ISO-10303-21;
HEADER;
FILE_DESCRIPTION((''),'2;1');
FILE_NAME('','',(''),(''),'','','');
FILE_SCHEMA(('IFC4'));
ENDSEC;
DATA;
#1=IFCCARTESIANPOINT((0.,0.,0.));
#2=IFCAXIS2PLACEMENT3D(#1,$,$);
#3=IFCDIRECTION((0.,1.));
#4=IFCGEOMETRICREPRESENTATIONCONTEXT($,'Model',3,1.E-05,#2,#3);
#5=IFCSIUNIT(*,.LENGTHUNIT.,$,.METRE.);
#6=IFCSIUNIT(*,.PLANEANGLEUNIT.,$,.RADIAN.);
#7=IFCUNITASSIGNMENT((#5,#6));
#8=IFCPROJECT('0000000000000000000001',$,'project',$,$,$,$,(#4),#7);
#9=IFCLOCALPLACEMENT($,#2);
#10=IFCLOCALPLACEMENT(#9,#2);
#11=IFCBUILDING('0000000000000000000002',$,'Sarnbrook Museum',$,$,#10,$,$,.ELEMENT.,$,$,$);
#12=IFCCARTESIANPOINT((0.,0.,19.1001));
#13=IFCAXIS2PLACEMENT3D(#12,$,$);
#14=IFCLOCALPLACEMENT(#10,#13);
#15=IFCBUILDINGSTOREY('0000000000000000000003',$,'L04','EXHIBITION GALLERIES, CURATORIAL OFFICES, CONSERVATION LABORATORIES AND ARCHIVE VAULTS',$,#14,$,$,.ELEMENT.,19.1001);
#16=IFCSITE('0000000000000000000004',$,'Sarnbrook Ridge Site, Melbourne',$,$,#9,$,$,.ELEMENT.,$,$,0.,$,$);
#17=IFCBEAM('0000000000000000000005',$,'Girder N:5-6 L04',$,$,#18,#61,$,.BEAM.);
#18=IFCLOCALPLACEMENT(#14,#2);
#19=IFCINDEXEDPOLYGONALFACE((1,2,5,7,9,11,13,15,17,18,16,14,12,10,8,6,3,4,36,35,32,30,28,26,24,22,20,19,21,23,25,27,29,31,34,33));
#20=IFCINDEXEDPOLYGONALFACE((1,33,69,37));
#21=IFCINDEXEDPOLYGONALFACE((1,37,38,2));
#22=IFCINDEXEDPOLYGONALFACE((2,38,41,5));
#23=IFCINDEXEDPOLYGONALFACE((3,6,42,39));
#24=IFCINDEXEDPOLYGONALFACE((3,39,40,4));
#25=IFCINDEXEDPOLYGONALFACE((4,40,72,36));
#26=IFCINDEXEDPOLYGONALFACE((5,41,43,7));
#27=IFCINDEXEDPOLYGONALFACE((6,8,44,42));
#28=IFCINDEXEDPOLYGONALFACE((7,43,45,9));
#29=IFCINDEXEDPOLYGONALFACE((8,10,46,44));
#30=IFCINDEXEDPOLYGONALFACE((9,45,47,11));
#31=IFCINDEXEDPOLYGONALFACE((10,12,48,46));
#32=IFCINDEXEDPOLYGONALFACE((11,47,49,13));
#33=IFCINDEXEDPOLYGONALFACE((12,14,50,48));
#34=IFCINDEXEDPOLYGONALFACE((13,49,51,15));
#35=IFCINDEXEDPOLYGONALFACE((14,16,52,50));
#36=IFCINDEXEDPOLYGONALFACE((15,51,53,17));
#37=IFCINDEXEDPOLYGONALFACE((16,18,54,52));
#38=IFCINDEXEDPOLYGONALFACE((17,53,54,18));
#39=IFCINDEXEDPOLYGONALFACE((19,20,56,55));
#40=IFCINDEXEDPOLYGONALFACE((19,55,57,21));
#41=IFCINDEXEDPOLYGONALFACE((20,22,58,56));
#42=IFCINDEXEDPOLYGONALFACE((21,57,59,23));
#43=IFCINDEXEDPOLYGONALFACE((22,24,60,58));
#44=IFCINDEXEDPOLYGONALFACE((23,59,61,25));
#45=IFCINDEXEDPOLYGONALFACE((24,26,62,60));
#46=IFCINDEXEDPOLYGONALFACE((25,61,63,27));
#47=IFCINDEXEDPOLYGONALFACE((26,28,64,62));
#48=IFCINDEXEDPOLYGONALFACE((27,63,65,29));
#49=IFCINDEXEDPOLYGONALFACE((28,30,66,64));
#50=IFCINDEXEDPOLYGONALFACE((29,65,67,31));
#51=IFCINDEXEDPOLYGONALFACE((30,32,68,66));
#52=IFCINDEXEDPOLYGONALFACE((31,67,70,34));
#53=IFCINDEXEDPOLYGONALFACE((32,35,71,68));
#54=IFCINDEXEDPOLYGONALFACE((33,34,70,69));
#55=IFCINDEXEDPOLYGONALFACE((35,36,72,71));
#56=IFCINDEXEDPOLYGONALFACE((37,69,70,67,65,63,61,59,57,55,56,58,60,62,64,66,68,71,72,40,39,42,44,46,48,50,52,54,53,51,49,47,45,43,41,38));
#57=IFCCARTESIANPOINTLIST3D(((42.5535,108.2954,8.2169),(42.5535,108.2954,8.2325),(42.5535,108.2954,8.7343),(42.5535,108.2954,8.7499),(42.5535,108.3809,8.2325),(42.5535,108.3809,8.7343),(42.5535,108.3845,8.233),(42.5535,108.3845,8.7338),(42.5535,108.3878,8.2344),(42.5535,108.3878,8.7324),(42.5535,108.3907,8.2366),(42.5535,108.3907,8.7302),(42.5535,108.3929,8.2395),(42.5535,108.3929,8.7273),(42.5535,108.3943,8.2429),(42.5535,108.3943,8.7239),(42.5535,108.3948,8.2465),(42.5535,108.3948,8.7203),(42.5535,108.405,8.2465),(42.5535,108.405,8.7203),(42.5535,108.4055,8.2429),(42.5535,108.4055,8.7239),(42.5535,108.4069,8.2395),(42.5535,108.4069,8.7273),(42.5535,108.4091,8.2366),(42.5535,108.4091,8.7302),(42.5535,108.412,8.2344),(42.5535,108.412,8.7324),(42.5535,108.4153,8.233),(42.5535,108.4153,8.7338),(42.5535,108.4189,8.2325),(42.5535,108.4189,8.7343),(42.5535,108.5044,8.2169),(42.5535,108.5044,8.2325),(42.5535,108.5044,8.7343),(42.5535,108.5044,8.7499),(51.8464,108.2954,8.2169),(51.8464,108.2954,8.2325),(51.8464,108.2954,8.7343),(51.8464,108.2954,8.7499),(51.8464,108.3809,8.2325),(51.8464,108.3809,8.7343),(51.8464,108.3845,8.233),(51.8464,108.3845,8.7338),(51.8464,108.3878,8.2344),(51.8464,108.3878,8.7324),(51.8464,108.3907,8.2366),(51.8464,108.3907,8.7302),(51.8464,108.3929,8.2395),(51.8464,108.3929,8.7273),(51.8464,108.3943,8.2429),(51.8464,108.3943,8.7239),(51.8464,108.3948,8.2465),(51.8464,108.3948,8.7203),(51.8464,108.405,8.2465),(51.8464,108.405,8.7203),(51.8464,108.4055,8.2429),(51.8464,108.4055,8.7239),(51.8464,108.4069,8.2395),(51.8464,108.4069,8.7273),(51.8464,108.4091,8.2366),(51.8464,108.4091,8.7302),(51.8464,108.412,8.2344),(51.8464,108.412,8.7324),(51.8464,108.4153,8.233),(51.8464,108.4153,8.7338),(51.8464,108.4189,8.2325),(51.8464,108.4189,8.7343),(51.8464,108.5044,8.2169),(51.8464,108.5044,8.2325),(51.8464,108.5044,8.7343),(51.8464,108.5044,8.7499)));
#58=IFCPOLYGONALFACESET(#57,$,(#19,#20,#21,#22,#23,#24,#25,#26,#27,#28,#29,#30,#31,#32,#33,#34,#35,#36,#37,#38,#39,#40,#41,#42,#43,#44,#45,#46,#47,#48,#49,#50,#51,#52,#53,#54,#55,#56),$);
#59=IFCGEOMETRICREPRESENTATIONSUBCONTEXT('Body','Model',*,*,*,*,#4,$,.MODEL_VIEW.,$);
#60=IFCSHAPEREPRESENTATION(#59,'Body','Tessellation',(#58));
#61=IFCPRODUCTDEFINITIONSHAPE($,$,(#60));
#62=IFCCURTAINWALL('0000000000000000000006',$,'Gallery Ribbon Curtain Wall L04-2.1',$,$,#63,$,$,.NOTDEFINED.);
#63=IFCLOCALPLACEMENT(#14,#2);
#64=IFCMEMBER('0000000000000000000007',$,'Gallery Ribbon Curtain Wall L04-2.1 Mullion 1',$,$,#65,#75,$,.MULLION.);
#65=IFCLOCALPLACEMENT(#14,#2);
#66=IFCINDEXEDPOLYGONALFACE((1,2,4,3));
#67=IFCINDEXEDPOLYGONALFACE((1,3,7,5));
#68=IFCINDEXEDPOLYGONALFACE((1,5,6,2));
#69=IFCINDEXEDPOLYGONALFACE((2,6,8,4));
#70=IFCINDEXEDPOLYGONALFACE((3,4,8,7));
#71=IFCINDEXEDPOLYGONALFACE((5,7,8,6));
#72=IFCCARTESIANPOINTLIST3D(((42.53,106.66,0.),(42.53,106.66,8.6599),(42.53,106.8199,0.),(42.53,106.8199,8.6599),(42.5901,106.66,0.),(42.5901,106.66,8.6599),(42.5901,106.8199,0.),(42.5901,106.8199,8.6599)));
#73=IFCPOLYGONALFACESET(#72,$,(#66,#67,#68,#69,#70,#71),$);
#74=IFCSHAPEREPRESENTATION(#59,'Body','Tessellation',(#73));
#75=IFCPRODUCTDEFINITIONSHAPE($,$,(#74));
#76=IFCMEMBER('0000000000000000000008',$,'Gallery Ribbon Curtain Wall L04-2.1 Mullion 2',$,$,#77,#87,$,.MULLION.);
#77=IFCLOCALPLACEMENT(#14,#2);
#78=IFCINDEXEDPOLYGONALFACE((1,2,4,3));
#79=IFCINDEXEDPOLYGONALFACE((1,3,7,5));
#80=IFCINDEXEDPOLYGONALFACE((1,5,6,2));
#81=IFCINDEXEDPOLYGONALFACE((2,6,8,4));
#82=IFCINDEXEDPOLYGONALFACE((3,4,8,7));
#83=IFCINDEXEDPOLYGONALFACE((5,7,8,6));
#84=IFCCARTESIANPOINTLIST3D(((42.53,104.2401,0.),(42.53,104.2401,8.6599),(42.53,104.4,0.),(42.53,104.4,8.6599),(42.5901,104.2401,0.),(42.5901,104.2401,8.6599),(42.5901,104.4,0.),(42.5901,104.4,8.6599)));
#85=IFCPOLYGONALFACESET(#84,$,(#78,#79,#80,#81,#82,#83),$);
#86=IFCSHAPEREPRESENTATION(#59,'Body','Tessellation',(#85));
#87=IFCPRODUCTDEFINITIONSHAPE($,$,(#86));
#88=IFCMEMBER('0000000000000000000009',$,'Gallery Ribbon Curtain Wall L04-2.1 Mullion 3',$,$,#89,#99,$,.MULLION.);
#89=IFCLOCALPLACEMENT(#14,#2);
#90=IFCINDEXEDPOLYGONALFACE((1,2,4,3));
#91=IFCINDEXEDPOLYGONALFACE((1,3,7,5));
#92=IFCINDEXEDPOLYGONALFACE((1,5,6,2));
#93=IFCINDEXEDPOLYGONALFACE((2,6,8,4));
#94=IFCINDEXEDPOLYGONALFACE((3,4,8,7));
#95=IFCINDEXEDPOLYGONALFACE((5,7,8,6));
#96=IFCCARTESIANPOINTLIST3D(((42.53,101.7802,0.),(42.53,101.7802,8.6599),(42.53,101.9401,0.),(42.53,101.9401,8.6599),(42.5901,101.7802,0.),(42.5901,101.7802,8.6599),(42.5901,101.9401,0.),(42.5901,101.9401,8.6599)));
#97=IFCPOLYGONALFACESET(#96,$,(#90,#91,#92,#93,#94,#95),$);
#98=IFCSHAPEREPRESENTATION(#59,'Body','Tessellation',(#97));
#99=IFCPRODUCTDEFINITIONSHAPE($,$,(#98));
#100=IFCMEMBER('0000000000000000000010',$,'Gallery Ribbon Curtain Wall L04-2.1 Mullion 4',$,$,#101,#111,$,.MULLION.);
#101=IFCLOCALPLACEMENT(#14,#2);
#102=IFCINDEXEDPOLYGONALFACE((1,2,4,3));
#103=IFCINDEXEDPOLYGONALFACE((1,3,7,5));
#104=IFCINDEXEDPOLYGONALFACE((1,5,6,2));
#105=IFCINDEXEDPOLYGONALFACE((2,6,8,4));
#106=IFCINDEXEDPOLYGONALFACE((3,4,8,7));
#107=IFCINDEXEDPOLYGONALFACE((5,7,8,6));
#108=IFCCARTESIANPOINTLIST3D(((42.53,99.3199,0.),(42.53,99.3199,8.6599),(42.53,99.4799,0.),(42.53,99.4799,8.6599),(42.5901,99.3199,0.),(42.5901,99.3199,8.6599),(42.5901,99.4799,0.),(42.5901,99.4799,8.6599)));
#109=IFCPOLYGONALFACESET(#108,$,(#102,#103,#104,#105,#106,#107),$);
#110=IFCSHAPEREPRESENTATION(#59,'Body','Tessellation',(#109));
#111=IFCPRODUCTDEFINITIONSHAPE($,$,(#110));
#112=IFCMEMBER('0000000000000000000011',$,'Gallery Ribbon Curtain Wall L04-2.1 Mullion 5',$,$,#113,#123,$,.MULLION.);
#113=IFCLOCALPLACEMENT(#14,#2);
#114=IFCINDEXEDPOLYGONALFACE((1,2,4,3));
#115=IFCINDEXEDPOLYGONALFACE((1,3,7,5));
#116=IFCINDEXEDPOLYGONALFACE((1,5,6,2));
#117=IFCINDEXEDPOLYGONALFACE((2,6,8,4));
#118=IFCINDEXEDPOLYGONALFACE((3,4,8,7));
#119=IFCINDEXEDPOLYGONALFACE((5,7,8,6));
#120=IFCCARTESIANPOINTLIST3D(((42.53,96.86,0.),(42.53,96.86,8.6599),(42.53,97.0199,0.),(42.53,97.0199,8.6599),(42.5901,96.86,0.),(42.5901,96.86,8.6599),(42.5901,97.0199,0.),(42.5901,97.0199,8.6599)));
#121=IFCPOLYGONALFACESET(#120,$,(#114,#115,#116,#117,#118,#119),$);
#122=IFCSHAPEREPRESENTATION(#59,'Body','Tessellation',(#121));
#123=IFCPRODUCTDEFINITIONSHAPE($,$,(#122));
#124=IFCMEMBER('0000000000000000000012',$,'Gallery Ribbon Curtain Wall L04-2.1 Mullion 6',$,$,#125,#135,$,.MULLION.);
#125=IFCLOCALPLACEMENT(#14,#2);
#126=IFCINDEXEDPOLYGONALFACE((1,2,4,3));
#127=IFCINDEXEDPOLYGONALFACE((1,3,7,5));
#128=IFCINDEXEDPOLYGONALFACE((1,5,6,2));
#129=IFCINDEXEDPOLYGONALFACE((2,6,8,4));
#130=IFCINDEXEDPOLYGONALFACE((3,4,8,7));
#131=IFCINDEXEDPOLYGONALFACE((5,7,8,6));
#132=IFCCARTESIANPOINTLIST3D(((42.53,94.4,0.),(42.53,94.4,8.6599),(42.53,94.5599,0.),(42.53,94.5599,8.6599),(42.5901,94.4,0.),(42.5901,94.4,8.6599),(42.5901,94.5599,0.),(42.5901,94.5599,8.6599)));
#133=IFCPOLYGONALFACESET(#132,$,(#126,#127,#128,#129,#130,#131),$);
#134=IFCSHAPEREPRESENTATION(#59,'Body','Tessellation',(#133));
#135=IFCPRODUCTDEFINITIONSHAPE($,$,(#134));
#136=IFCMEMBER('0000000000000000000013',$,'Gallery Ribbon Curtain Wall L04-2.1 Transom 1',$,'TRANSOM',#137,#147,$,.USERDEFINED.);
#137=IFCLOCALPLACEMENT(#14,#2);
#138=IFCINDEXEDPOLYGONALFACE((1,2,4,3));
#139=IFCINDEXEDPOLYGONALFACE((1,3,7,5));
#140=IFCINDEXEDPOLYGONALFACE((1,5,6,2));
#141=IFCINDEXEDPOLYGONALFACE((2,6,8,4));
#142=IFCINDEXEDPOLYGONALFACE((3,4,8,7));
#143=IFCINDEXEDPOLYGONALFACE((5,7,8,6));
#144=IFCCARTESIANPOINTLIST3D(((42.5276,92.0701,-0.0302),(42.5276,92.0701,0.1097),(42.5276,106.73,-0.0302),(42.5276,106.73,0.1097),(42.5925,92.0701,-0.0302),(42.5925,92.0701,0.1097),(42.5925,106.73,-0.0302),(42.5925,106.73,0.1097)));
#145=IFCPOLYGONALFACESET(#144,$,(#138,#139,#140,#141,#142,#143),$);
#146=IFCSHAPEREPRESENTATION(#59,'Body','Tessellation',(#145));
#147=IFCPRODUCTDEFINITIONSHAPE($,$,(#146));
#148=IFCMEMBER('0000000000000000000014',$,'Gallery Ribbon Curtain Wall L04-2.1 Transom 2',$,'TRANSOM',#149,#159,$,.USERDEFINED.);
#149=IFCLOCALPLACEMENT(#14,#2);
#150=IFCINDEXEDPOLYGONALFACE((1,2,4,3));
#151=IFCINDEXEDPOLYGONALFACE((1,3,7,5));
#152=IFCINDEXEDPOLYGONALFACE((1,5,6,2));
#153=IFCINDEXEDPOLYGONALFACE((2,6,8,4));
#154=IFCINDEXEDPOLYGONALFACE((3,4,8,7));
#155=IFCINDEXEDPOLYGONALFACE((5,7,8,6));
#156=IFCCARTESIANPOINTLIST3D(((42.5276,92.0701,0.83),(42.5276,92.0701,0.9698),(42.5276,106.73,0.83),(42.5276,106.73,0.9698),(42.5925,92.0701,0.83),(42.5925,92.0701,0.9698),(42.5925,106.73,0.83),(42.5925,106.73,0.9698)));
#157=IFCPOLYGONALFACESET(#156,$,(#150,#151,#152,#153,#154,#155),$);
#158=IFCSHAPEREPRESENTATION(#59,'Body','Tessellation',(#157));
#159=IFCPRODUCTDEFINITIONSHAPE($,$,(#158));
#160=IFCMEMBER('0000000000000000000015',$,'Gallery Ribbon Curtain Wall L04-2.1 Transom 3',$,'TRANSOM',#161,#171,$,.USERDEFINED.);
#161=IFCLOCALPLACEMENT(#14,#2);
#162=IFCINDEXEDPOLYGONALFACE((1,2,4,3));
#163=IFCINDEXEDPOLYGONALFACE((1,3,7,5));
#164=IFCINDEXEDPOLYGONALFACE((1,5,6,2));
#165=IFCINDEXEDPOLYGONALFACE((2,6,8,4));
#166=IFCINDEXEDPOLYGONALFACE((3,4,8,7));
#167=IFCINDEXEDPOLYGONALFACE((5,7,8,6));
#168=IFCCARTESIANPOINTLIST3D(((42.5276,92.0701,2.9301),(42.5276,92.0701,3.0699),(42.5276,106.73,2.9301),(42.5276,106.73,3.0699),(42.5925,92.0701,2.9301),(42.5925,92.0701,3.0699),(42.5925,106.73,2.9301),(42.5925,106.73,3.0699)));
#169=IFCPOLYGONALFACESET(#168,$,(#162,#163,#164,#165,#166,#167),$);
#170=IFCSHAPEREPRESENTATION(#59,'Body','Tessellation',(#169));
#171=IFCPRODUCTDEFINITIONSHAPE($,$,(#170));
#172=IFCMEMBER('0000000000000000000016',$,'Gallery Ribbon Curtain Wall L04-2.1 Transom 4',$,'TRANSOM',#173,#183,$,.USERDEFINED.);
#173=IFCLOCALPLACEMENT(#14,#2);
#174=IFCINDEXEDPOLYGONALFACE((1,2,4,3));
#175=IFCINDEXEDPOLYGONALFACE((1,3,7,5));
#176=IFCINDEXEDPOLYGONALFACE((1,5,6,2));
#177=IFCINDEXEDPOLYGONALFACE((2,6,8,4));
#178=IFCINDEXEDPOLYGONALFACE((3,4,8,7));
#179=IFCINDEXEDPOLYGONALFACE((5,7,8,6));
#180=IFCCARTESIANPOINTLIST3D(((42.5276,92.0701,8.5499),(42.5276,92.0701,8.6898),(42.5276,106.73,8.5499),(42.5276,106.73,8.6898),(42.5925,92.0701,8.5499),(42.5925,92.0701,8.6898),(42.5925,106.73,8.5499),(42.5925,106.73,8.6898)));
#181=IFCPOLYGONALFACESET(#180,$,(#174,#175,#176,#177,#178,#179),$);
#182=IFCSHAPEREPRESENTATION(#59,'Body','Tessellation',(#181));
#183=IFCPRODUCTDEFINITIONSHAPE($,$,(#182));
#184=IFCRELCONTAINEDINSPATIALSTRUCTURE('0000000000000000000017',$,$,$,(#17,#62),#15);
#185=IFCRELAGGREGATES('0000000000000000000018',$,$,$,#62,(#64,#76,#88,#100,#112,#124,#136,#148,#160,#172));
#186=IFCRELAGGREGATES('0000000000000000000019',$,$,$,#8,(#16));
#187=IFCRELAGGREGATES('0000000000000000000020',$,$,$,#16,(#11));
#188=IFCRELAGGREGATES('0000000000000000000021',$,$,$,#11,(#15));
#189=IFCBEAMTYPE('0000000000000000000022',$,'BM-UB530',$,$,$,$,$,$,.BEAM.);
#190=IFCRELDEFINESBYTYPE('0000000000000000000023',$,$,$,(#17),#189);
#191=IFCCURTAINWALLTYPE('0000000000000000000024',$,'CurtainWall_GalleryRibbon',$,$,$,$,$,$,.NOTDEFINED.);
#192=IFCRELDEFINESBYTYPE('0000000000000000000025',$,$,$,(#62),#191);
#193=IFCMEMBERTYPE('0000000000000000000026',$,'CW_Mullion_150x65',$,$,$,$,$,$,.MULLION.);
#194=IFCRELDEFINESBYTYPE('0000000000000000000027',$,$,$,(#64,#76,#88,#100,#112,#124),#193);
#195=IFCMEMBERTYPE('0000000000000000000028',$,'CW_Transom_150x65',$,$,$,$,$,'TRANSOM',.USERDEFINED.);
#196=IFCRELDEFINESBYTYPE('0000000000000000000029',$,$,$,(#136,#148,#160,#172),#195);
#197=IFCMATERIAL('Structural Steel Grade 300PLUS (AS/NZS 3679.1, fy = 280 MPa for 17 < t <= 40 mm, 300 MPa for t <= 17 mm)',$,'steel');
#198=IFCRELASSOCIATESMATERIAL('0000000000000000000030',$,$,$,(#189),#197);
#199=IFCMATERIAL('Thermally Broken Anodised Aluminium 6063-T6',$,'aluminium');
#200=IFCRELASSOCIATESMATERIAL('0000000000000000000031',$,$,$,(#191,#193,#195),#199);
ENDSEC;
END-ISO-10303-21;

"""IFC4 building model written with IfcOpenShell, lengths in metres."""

from ifc_helpers import new_model, si_unit, direction, frame, origin, origin_2d, place, context, subcontext, project, spatial, rectangle, i_section, extrude, material, material_profile, profile_set, type_object, element, aggregate, save


model = new_model("IFC4")

# Units and contexts
model_context = context("Model", 3, precision=1e-05, world=origin(), true_north=direction((0.0, 1.0)))
body_context = subcontext(model_context, "Body", "Model", "MODEL_VIEW")
ifc_project = project(units=[si_unit("LENGTHUNIT", "METRE"), si_unit("PLANEANGLEUNIT", "RADIAN")], contexts=[model_context])

# Site, building, storey
site_placement = place(None, origin())
site = spatial("IfcSite", under=ifc_project, at=site_placement, Name="Sarnbrook Ridge Site, Melbourne", CompositionType="ELEMENT", RefElevation=0.0)
building_placement = place(site_placement, origin())
building = spatial("IfcBuilding", under=site, at=building_placement, Name="Sarnbrook Museum", CompositionType="ELEMENT")
storey_placement = place(building_placement, frame((0.0, 0.0, 19.1001)))
storey = spatial("IfcBuildingStorey", under=building, at=storey_placement, Name="L04", Description="EXHIBITION GALLERIES, CURATORIAL OFFICES, CONSERVATION LABORATORIES AND ARCHIVE VAULTS", CompositionType="ELEMENT", Elevation=19.1001)

# Shared definitions
ifc_material_1 = material(Name="Structural Steel Grade 300PLUS (AS/NZS 3679.1, fy = 280 MPa for 17 < t <= 40 mm, 300 MPa for t <= 17 mm)", Category="steel")

# Beam
ifc_material_profile_1 = material_profile(ifc_material_1, i_section(OverallWidth=0.209, OverallDepth=0.533, WebThickness=0.0103, FlangeThickness=0.0156, FilletRadius=0.0139, at=origin_2d()), Name="530UB92.4")
ifc_profile_set_1 = profile_set([ifc_material_profile_1], Name="Structural Steel Grade 300PLUS (AS/NZS 3679.1, fy = 280 MPa for 17 < t <= 40 mm, 300 MPa for t <= 17 mm)")
beam_type_1 = type_object("IfcBeamType", Name="BM-UB530", PredefinedType="BEAM", material=ifc_profile_set_1)
for number, where, z_axis, x_axis, name in (
    (1, (42.5535, 108.3999, 8.4834), (1.0, 0.0, 0.0), (0.0, 1.0, 0.0), "Girder N:5-6 L04"),
):
    element("IfcBeam", number, at=place(storey_placement, frame(where, z_axis=z_axis, x_axis=x_axis)), inside=storey, type_object=beam_type_1, Name=name, PredefinedType="BEAM", context=body_context, shape_type="SweptSolid", body=[
        extrude(i_section(OverallWidth=0.209, OverallDepth=0.533, WebThickness=0.0103, FlangeThickness=0.0156, FilletRadius=0.0139, at=origin_2d()), origin(), (0.0, 0.0, 1.0), 9.293),
    ])

# Curtain wall, members
ifc_material_2 = material(Name="Thermally Broken Anodised Aluminium 6063-T6", Category="aluminium")
curtain_wall_type = type_object("IfcCurtainWallType", Name="CurtainWall_GalleryRibbon", PredefinedType="NOTDEFINED", material=ifc_material_2)
curtain_wall_placement = place(storey_placement, origin())
curtain_wall = element("IfcCurtainWall", 2, at=curtain_wall_placement, inside=storey, type_object=curtain_wall_type, Name="Gallery Ribbon Curtain Wall L04-2.1", PredefinedType="NOTDEFINED")
ifc_material_profile_2 = material_profile(ifc_material_2, rectangle(XDim=0.0601, YDim=0.1599, at=origin_2d()), Name="ALU MULLION 60x160")
ifc_profile_set_2 = profile_set([ifc_material_profile_2], Name="Thermally Broken Anodised Aluminium 6063-T6")
member_type_1 = type_object("IfcMemberType", Name="CW_Mullion_150x65", PredefinedType="MULLION", material=ifc_profile_set_2)
member_1_placement = place(storey_placement, frame((42.5601, 106.74, 0.0), z_axis=(0.0, 0.0, 1.0), x_axis=(1.0, 0.0, 0.0)))
member_1 = element("IfcMember", 3, at=member_1_placement, type_object=member_type_1, Name="Gallery Ribbon Curtain Wall L04-2.1 Mullion 1", PredefinedType="MULLION", context=body_context, shape_type="SweptSolid", body=[
    extrude(rectangle(XDim=0.0601, YDim=0.1599, at=origin_2d()), origin(), (0.0, 0.0, 1.0), 8.6599),
])
member_2_placement = place(storey_placement, frame((42.5601, 104.3201, 0.0), z_axis=(0.0, 0.0, 1.0), x_axis=(1.0, 0.0, 0.0)))
member_2 = element("IfcMember", 4, at=member_2_placement, type_object=member_type_1, Name="Gallery Ribbon Curtain Wall L04-2.1 Mullion 2", PredefinedType="MULLION", context=body_context, shape_type="SweptSolid", body=[
    extrude(rectangle(XDim=0.0601, YDim=0.1599, at=origin_2d()), origin(), (0.0, 0.0, 1.0), 8.6599),
])
member_3_placement = place(storey_placement, frame((42.5601, 101.8601, 0.0), z_axis=(0.0, 0.0, 1.0), x_axis=(1.0, 0.0, 0.0)))
member_3 = element("IfcMember", 5, at=member_3_placement, type_object=member_type_1, Name="Gallery Ribbon Curtain Wall L04-2.1 Mullion 3", PredefinedType="MULLION", context=body_context, shape_type="SweptSolid", body=[
    extrude(rectangle(XDim=0.0601, YDim=0.1599, at=origin_2d()), origin(), (0.0, 0.0, 1.0), 8.6599),
])
member_4_placement = place(storey_placement, frame((42.5601, 99.3999, 0.0), z_axis=(0.0, 0.0, 1.0), x_axis=(1.0, 0.0, 0.0)))
member_4 = element("IfcMember", 6, at=member_4_placement, type_object=member_type_1, Name="Gallery Ribbon Curtain Wall L04-2.1 Mullion 4", PredefinedType="MULLION", context=body_context, shape_type="SweptSolid", body=[
    extrude(rectangle(XDim=0.0601, YDim=0.1599, at=origin_2d()), origin(), (0.0, 0.0, 1.0), 8.6599),
])
member_5_placement = place(storey_placement, frame((42.5601, 96.9399, 0.0), z_axis=(0.0, 0.0, 1.0), x_axis=(1.0, 0.0, 0.0)))
member_5 = element("IfcMember", 7, at=member_5_placement, type_object=member_type_1, Name="Gallery Ribbon Curtain Wall L04-2.1 Mullion 5", PredefinedType="MULLION", context=body_context, shape_type="SweptSolid", body=[
    extrude(rectangle(XDim=0.0601, YDim=0.1599, at=origin_2d()), origin(), (0.0, 0.0, 1.0), 8.6599),
])
member_6_placement = place(storey_placement, frame((42.5601, 94.48, 0.0), z_axis=(0.0, 0.0, 1.0), x_axis=(1.0, 0.0, 0.0)))
member_6 = element("IfcMember", 8, at=member_6_placement, type_object=member_type_1, Name="Gallery Ribbon Curtain Wall L04-2.1 Mullion 6", PredefinedType="MULLION", context=body_context, shape_type="SweptSolid", body=[
    extrude(rectangle(XDim=0.0601, YDim=0.1599, at=origin_2d()), origin(), (0.0, 0.0, 1.0), 8.6599),
])
ifc_material_profile_3 = material_profile(ifc_material_2, rectangle(XDim=0.0649, YDim=0.1399, at=origin_2d()), Name="ALU TRANSOM 65x140")
ifc_profile_set_3 = profile_set([ifc_material_profile_3], Name="Thermally Broken Anodised Aluminium 6063-T6")
member_type_2 = type_object("IfcMemberType", Name="CW_Transom_150x65", ElementType="TRANSOM", PredefinedType="USERDEFINED", material=ifc_profile_set_3)
member_7_placement = place(storey_placement, frame((42.5601, 106.73, 0.0398), z_axis=(0.0, -1.0, 0.0), x_axis=(1.0, 0.0, 0.0)))
member_7 = element("IfcMember", 9, at=member_7_placement, type_object=member_type_2, Name="Gallery Ribbon Curtain Wall L04-2.1 Transom 1", ObjectType="TRANSOM", PredefinedType="USERDEFINED", context=body_context, shape_type="SweptSolid", body=[
    extrude(rectangle(XDim=0.0649, YDim=0.1399, at=origin_2d()), origin(), (0.0, 0.0, 1.0), 14.6599),
])
member_8_placement = place(storey_placement, frame((42.5601, 106.73, 0.8999), z_axis=(0.0, -1.0, 0.0), x_axis=(1.0, 0.0, 0.0)))
member_8 = element("IfcMember", 10, at=member_8_placement, type_object=member_type_2, Name="Gallery Ribbon Curtain Wall L04-2.1 Transom 2", ObjectType="TRANSOM", PredefinedType="USERDEFINED", context=body_context, shape_type="SweptSolid", body=[
    extrude(rectangle(XDim=0.0649, YDim=0.1399, at=origin_2d()), origin(), (0.0, 0.0, 1.0), 14.6599),
])
member_9_placement = place(storey_placement, frame((42.5601, 106.73, 3.0), z_axis=(0.0, -1.0, 0.0), x_axis=(1.0, 0.0, 0.0)))
member_9 = element("IfcMember", 11, at=member_9_placement, type_object=member_type_2, Name="Gallery Ribbon Curtain Wall L04-2.1 Transom 3", ObjectType="TRANSOM", PredefinedType="USERDEFINED", context=body_context, shape_type="SweptSolid", body=[
    extrude(rectangle(XDim=0.0649, YDim=0.1399, at=origin_2d()), origin(), (0.0, 0.0, 1.0), 14.6599),
])
member_10_placement = place(storey_placement, frame((42.5601, 106.73, 8.6199), z_axis=(0.0, -1.0, 0.0), x_axis=(1.0, 0.0, 0.0)))
member_10 = element("IfcMember", 12, at=member_10_placement, type_object=member_type_2, Name="Gallery Ribbon Curtain Wall L04-2.1 Transom 4", ObjectType="TRANSOM", PredefinedType="USERDEFINED", context=body_context, shape_type="SweptSolid", body=[
    extrude(rectangle(XDim=0.0649, YDim=0.1399, at=origin_2d()), origin(), (0.0, 0.0, 1.0), 14.6599),
])

aggregate(curtain_wall, [member_1, member_2, member_3, member_4, member_5, member_6, member_7, member_8, member_9, member_10])

save(model, "model.ifc")
